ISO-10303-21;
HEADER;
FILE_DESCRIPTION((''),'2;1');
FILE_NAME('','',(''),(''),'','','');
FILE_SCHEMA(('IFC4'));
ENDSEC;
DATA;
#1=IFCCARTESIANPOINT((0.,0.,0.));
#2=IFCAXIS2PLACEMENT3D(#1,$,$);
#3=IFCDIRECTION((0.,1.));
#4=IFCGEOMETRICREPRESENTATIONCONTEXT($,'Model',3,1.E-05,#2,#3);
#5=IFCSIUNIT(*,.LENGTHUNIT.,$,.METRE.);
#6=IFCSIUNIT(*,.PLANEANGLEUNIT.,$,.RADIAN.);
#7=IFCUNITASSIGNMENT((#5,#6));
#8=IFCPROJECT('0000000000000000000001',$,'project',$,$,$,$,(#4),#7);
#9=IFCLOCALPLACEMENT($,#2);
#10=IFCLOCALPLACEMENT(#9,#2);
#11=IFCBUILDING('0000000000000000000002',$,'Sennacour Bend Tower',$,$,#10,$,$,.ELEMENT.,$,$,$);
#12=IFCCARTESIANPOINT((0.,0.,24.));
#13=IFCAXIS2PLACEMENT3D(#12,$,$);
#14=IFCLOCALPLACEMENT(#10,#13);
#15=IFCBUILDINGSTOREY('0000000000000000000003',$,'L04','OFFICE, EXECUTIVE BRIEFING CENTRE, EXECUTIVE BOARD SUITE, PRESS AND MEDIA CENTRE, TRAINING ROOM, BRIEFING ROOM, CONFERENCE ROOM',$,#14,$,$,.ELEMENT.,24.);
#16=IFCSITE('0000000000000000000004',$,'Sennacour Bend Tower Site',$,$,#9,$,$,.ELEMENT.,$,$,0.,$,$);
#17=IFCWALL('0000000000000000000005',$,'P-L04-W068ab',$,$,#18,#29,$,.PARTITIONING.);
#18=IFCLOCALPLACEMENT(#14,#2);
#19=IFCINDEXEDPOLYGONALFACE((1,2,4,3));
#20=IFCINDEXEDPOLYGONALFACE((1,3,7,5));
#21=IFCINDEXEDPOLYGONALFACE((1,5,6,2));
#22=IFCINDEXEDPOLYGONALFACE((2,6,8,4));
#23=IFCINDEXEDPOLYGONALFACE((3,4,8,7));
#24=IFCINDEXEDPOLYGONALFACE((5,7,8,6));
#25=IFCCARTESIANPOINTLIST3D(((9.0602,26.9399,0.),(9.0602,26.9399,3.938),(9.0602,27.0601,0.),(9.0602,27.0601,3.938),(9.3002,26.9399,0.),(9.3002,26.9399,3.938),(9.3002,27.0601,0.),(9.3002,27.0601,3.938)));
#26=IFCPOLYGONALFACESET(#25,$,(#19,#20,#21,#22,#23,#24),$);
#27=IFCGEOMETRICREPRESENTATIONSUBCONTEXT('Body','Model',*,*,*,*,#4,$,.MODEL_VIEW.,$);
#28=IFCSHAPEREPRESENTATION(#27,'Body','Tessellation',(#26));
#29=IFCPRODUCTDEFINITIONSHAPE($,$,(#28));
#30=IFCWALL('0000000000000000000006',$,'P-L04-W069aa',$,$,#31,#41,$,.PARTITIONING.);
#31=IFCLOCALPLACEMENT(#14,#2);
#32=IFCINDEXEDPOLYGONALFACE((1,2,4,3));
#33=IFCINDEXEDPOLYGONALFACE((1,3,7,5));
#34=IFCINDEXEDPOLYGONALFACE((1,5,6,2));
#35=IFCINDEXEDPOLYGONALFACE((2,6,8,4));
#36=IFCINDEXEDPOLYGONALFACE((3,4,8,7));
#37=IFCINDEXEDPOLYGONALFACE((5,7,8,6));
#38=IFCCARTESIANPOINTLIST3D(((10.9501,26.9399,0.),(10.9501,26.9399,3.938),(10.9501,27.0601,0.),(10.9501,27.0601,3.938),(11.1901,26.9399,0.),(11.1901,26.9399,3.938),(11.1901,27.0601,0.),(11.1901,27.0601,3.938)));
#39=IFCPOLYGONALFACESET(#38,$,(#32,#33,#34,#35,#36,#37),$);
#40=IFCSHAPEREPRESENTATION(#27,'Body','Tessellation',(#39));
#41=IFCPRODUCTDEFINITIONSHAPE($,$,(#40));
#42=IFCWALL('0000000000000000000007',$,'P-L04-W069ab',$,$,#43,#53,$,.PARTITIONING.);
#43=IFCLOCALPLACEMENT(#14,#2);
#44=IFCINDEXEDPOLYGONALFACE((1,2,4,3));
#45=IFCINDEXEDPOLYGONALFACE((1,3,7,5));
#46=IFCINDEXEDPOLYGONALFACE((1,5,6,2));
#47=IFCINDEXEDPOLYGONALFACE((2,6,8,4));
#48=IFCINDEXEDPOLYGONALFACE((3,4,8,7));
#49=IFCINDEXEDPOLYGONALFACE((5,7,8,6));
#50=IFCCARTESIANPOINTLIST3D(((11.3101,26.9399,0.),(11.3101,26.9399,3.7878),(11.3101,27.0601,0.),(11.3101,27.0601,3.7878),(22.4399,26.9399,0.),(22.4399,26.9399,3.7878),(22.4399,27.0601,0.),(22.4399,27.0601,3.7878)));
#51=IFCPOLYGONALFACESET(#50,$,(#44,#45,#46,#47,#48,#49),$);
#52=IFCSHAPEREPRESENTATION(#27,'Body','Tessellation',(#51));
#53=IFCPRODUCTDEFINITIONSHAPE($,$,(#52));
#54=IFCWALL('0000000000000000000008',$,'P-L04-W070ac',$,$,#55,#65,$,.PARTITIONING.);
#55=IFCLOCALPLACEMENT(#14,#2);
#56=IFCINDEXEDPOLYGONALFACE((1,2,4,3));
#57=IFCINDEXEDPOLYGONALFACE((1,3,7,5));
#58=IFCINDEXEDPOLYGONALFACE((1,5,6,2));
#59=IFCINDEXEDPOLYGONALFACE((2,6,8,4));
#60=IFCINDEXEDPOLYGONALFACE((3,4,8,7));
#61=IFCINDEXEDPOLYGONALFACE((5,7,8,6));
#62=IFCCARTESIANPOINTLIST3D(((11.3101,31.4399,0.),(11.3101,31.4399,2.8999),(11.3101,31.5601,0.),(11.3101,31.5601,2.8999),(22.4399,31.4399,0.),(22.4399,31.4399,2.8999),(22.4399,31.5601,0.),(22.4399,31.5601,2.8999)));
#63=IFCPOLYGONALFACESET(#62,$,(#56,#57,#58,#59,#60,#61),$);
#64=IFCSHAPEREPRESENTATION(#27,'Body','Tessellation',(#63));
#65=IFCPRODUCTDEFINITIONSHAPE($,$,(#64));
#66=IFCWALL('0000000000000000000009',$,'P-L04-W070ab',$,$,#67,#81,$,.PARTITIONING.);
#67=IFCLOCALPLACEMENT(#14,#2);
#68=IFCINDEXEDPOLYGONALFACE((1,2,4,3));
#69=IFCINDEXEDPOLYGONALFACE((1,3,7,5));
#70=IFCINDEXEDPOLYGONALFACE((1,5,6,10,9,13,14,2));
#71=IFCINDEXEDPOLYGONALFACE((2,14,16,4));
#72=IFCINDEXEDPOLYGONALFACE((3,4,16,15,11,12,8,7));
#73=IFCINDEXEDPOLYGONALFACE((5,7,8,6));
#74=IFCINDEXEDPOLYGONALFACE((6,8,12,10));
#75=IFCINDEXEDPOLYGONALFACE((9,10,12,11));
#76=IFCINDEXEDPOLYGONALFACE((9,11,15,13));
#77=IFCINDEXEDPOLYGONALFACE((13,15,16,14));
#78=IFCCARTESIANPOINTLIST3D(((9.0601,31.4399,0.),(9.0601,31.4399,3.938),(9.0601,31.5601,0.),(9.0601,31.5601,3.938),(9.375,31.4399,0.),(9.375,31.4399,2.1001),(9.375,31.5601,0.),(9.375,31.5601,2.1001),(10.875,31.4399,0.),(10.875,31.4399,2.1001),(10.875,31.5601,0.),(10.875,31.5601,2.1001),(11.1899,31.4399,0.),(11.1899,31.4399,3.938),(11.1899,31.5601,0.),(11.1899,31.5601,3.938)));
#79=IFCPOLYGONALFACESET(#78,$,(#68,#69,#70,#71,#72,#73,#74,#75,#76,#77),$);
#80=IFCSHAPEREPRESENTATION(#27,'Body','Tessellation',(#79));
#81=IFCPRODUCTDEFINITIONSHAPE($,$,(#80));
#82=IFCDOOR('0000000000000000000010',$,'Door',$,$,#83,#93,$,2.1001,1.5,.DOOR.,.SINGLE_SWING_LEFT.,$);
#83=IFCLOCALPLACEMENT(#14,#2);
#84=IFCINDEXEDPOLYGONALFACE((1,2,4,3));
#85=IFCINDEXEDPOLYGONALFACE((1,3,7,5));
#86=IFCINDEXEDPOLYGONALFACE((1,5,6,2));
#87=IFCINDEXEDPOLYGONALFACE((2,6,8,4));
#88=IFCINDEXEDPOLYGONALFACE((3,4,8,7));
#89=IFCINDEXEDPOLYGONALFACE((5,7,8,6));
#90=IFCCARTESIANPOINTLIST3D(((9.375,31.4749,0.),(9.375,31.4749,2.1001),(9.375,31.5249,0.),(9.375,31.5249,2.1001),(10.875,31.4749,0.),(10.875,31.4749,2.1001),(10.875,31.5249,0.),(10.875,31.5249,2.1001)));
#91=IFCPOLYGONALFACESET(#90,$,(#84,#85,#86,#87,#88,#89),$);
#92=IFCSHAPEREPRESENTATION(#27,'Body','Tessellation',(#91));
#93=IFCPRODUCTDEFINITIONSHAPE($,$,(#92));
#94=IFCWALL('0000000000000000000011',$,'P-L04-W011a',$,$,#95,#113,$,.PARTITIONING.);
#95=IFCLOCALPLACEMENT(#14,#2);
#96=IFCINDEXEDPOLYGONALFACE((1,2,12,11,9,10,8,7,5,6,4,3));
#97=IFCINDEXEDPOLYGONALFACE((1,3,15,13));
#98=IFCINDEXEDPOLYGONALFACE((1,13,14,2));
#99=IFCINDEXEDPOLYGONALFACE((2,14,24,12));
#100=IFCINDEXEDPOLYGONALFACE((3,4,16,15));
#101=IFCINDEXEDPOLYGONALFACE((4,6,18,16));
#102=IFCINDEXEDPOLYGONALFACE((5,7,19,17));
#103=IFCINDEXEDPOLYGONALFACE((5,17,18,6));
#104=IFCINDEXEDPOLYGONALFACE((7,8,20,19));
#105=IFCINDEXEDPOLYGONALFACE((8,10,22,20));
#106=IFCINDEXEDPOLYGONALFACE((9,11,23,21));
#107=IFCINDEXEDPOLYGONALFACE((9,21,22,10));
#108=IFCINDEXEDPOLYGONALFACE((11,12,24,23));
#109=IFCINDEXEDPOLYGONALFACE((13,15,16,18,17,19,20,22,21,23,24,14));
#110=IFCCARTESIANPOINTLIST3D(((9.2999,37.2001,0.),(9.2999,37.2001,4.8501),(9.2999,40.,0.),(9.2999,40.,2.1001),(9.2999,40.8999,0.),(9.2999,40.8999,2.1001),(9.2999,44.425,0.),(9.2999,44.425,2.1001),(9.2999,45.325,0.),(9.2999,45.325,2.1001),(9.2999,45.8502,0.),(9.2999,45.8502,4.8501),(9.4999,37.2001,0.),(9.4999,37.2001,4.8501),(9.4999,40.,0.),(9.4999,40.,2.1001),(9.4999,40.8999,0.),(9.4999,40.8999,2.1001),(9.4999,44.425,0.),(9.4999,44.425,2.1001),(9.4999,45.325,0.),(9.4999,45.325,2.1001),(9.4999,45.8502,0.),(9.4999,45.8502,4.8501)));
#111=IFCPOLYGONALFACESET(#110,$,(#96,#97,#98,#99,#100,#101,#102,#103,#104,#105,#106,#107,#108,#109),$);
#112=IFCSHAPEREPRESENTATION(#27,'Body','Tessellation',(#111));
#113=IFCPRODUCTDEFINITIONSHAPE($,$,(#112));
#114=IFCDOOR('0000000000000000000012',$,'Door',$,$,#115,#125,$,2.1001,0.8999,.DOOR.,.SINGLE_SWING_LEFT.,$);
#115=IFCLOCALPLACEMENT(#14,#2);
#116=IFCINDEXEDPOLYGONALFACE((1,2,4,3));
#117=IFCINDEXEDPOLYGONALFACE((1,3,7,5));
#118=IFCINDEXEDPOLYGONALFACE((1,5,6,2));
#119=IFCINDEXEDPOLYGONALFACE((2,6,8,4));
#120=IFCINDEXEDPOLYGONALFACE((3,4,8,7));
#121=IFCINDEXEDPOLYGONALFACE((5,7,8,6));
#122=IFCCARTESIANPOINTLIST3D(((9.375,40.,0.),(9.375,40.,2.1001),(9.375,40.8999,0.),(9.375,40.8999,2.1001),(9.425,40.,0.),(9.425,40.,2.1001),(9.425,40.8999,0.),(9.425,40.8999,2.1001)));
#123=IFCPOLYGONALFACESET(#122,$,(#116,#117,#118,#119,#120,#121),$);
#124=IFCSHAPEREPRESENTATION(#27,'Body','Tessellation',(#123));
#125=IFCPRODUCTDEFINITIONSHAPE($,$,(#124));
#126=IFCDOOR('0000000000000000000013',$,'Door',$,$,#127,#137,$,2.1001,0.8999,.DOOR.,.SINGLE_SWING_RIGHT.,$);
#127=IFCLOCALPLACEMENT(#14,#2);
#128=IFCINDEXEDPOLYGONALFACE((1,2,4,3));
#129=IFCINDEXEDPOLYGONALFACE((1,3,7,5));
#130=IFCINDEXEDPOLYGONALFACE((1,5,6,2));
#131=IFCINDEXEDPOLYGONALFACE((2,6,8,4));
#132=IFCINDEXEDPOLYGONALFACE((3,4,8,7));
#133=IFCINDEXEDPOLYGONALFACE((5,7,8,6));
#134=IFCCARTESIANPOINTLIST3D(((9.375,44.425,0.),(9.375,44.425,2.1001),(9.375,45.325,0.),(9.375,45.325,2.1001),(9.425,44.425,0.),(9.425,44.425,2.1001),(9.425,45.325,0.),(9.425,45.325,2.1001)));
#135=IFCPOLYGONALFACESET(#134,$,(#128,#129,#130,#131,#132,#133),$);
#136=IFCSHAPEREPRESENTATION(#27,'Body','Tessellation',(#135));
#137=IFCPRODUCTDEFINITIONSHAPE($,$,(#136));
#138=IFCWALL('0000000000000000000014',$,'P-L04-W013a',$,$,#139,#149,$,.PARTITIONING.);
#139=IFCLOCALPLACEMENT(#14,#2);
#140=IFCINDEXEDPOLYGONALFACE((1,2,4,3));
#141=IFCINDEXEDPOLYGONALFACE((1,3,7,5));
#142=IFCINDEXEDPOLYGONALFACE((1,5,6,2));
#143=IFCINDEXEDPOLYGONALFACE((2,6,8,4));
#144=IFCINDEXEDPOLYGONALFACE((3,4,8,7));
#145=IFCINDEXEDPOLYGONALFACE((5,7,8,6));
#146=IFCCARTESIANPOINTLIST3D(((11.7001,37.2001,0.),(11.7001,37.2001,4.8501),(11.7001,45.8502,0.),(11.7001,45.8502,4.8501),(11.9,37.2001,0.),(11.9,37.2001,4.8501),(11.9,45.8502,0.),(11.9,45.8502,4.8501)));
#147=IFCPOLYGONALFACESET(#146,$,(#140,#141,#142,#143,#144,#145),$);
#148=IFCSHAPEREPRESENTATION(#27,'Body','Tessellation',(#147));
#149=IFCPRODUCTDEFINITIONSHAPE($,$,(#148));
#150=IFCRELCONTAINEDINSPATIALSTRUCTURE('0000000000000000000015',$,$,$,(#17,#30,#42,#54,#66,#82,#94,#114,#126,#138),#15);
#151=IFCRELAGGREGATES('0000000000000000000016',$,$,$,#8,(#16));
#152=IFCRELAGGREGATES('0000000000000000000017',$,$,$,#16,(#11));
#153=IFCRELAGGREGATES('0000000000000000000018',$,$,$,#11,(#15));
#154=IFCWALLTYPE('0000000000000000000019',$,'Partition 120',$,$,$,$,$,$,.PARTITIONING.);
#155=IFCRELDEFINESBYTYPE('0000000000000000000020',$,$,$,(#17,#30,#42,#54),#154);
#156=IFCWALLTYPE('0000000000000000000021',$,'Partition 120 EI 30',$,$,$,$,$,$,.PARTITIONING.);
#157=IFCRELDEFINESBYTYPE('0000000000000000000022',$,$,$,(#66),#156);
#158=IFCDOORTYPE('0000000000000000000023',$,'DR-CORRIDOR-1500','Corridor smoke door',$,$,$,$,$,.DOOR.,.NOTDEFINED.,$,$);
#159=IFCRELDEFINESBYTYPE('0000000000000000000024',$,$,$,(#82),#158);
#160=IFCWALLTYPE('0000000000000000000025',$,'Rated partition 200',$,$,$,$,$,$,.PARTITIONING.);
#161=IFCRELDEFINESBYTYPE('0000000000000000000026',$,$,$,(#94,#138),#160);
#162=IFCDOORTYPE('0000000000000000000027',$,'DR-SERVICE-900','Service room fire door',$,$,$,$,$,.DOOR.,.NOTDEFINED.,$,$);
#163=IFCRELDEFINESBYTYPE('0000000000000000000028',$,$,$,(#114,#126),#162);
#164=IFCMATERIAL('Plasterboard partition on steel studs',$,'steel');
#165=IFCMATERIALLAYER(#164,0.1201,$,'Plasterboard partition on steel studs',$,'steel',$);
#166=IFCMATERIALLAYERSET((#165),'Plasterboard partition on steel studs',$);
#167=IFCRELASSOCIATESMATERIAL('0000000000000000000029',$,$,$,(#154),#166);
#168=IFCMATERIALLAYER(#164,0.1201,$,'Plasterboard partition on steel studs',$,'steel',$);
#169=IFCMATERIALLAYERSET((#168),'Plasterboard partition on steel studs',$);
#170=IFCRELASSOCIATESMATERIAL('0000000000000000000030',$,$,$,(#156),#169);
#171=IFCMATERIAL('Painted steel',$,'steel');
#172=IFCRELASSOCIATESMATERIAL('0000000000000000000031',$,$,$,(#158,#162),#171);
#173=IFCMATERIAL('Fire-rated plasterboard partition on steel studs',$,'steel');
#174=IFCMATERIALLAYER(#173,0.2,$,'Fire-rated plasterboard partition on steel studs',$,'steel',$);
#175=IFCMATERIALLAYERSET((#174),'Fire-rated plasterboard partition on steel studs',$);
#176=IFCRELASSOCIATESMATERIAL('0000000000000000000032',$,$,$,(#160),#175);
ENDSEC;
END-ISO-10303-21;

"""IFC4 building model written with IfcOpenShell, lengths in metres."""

from ifc_helpers import new_model, si_unit, direction, frame, frame_2d, origin, place, context, subcontext, project, spatial, rectangle, extrude, material, layer, layer_set, type_object, element, fill, save


model = new_model("IFC4")

# Units and contexts
model_context = context("Model", 3, precision=1e-05, world=origin(), true_north=direction((0.0, 1.0)))
body_context = subcontext(model_context, "Body", "Model", "MODEL_VIEW")
ifc_project = project(units=[si_unit("LENGTHUNIT", "METRE"), si_unit("PLANEANGLEUNIT", "RADIAN")], contexts=[model_context])

# Site, building, storey
site_placement = place(None, origin())
site = spatial("IfcSite", under=ifc_project, at=site_placement, Name="Sennacour Bend Tower Site", CompositionType="ELEMENT", RefElevation=0.0)
building_placement = place(site_placement, origin())
building = spatial("IfcBuilding", under=site, at=building_placement, Name="Sennacour Bend Tower", CompositionType="ELEMENT")
storey_placement = place(building_placement, frame((0.0, 0.0, 24.0)))
storey = spatial("IfcBuildingStorey", under=building, at=storey_placement, Name="L04", Description="OFFICE, EXECUTIVE BRIEFING CENTRE, EXECUTIVE BOARD SUITE, PRESS AND MEDIA CENTRE, TRAINING ROOM, BRIEFING ROOM, CONFERENCE ROOM", CompositionType="ELEMENT", Elevation=24.0)

# Walls
ifc_material_1 = material(Name="Plasterboard partition on steel studs", Category="steel")
ifc_layer_1 = layer(ifc_material_1, 0.1201, Name="Plasterboard partition on steel studs", Category="steel")
ifc_layer_set_1 = layer_set([ifc_layer_1], Name="Plasterboard partition on steel studs")
wall_type_1 = type_object("IfcWallType", Name="Partition 120", PredefinedType="PARTITIONING", material=ifc_layer_set_1)
for number, where, z_axis, x_axis, name in (
    (1, (9.0601, 27.0, 0.0), (0.0, 0.0, 1.0), (1.0, 0.0, 0.0), "P-L04-W068ab"),
    (2, (10.95, 27.0, 0.0), (0.0, 0.0, 1.0), (1.0, 0.0, 0.0), "P-L04-W069aa"),
):
    element("IfcWall", number, at=place(storey_placement, frame(where, z_axis=z_axis, x_axis=x_axis)), inside=storey, type_object=wall_type_1, Name=name, PredefinedType="PARTITIONING", context=body_context, shape_type="SweptSolid", body=[
        extrude(rectangle(XDim=0.24, YDim=0.1201, at=frame_2d((0.1201, 0.0))), origin(), (0.0, 0.0, 1.0), 3.938),
    ])
wall_1_placement = place(storey_placement, frame((11.3101, 27.0, 0.0), z_axis=(0.0, 0.0, 1.0), x_axis=(1.0, 0.0, 0.0)))
element("IfcWall", 3, at=wall_1_placement, inside=storey, type_object=wall_type_1, Name="P-L04-W069ab", PredefinedType="PARTITIONING", context=body_context, shape_type="SweptSolid", body=[
    extrude(rectangle(XDim=11.1299, YDim=0.1201, at=frame_2d((5.5649, 0.0))), origin(), (0.0, 0.0, 1.0), 3.7878),
])
wall_2_placement = place(storey_placement, frame((11.3101, 31.5, 0.0), z_axis=(0.0, 0.0, 1.0), x_axis=(1.0, 0.0, 0.0)))
element("IfcWall", 4, at=wall_2_placement, inside=storey, type_object=wall_type_1, Name="P-L04-W070ac", PredefinedType="PARTITIONING", context=body_context, shape_type="SweptSolid", body=[
    extrude(rectangle(XDim=11.1299, YDim=0.1201, at=frame_2d((5.5649, 0.0))), origin(), (0.0, 0.0, 1.0), 2.8999),
])

# Wall, opening, door
ifc_layer_2 = layer(ifc_material_1, 0.1201, Name="Plasterboard partition on steel studs", Category="steel")
ifc_layer_set_2 = layer_set([ifc_layer_2], Name="Plasterboard partition on steel studs")
wall_type_2 = type_object("IfcWallType", Name="Partition 120 EI 30", PredefinedType="PARTITIONING", material=ifc_layer_set_2)
wall_3_placement = place(storey_placement, frame((9.0601, 31.5, 0.0), z_axis=(0.0, 0.0, 1.0), x_axis=(1.0, 0.0, 0.0)))
wall_3 = element("IfcWall", 5, at=wall_3_placement, inside=storey, type_object=wall_type_2, Name="P-L04-W070ab", PredefinedType="PARTITIONING", context=body_context, shape_type="SweptSolid", body=[
    extrude(rectangle(XDim=2.1299, YDim=0.1201, at=frame_2d((1.0649, 0.0))), origin(), (0.0, 0.0, 1.0), 3.938),
])
opening_1_placement = place(wall_3_placement, frame((0.3149, 0.0, 0.0)))
opening_1 = element("IfcOpeningElement", 6, at=opening_1_placement, cuts=wall_3, PredefinedType="OPENING", context=body_context, shape_type="SweptSolid", body=[
    extrude(rectangle(XDim=1.5, YDim=2.1001, at=frame_2d((0.75, 1.05))), frame((0.0, 0.0701, 0.0), z_axis=(0.0, -1.0, 0.0), x_axis=(1.0, 0.0, 0.0)), (0.0, 0.0, 1.0), 0.1401),
])
ifc_material_2 = material(Name="Painted steel", Category="steel")
door_type_1 = type_object("IfcDoorType", Name="DR-CORRIDOR-1500", Description="Corridor smoke door", OperationType="NOTDEFINED", PredefinedType="DOOR", material=ifc_material_2)
door_1_placement = place(opening_1_placement, origin())
door_1 = element("IfcDoor", 7, at=door_1_placement, inside=storey, type_object=door_type_1, Name="Door", OperationType="SINGLE_SWING_LEFT", OverallHeight=2.1001, OverallWidth=1.5, PredefinedType="DOOR", context=body_context, shape_type="SweptSolid", body=[
    extrude(rectangle(XDim=1.5, YDim=2.1001, at=frame_2d((0.75, 1.05))), frame((0.0, 0.0249, 0.0), z_axis=(0.0, -1.0, 0.0), x_axis=(1.0, 0.0, 0.0)), (0.0, 0.0, 1.0), 0.05),
])
fill(opening_1, door_1)

# Wall, openings, doors
ifc_material_3 = material(Name="Fire-rated plasterboard partition on steel studs", Category="steel")
ifc_layer_3 = layer(ifc_material_3, 0.2, Name="Fire-rated plasterboard partition on steel studs", Category="steel")
ifc_layer_set_3 = layer_set([ifc_layer_3], Name="Fire-rated plasterboard partition on steel studs")
wall_type_3 = type_object("IfcWallType", Name="Rated partition 200", PredefinedType="PARTITIONING", material=ifc_layer_set_3)
wall_4_placement = place(storey_placement, frame((9.3999, 37.2, 0.0), z_axis=(0.0, 0.0, 1.0), x_axis=(0.0, 1.0, 0.0)))
wall_4 = element("IfcWall", 8, at=wall_4_placement, inside=storey, type_object=wall_type_3, Name="P-L04-W011a", PredefinedType="PARTITIONING", context=body_context, shape_type="SweptSolid", body=[
    extrude(rectangle(XDim=8.6501, YDim=0.2, at=frame_2d((4.3252, 0.0))), origin(), (0.0, 0.0, 1.0), 4.8501),
])
opening_2_placement = place(wall_4_placement, frame((2.8, 0.0, 0.0)))
opening_2 = element("IfcOpeningElement", 9, at=opening_2_placement, cuts=wall_4, PredefinedType="OPENING", context=body_context, shape_type="SweptSolid", body=[
    extrude(rectangle(XDim=0.8999, YDim=2.1001, at=frame_2d((0.45, 1.05))), frame((0.0, 0.1099, 0.0), z_axis=(0.0, -1.0, 0.0), x_axis=(1.0, 0.0, 0.0)), (0.0, 0.0, 1.0), 0.22),
])
opening_3_placement = place(wall_4_placement, frame((7.2251, 0.0, 0.0)))
opening_3 = element("IfcOpeningElement", 10, at=opening_3_placement, cuts=wall_4, PredefinedType="OPENING", context=body_context, shape_type="SweptSolid", body=[
    extrude(rectangle(XDim=0.8999, YDim=2.1001, at=frame_2d((0.45, 1.05))), frame((0.0, 0.1099, 0.0), z_axis=(0.0, -1.0, 0.0), x_axis=(1.0, 0.0, 0.0)), (0.0, 0.0, 1.0), 0.22),
])
door_type_2 = type_object("IfcDoorType", Name="DR-SERVICE-900", Description="Service room fire door", OperationType="NOTDEFINED", PredefinedType="DOOR", material=ifc_material_2)
door_2_placement = place(opening_2_placement, origin())
door_2 = element("IfcDoor", 11, at=door_2_placement, inside=storey, type_object=door_type_2, Name="Door", OperationType="SINGLE_SWING_LEFT", OverallHeight=2.1001, OverallWidth=0.8999, PredefinedType="DOOR", context=body_context, shape_type="SweptSolid", body=[
    extrude(rectangle(XDim=0.8999, YDim=2.1001, at=frame_2d((0.45, 1.05))), frame((0.0, 0.0249, 0.0), z_axis=(0.0, -1.0, 0.0), x_axis=(1.0, 0.0, 0.0)), (0.0, 0.0, 1.0), 0.05),
])
fill(opening_2, door_2)
door_3_placement = place(opening_3_placement, origin())
door_3 = element("IfcDoor", 12, at=door_3_placement, inside=storey, type_object=door_type_2, Name="Door", OperationType="SINGLE_SWING_RIGHT", OverallHeight=2.1001, OverallWidth=0.8999, PredefinedType="DOOR", context=body_context, shape_type="SweptSolid", body=[
    extrude(rectangle(XDim=0.8999, YDim=2.1001, at=frame_2d((0.45, 1.05))), frame((0.0, 0.0249, 0.0), z_axis=(0.0, -1.0, 0.0), x_axis=(1.0, 0.0, 0.0)), (0.0, 0.0, 1.0), 0.05),
])
fill(opening_3, door_3)

# Wall
wall_5_placement = place(storey_placement, frame((11.8, 37.2, 0.0), z_axis=(0.0, 0.0, 1.0), x_axis=(0.0, 1.0, 0.0)))
element("IfcWall", 13, at=wall_5_placement, inside=storey, type_object=wall_type_3, Name="P-L04-W013a", PredefinedType="PARTITIONING", context=body_context, shape_type="SweptSolid", body=[
    extrude(rectangle(XDim=8.6501, YDim=0.2, at=frame_2d((4.3252, 0.0))), origin(), (0.0, 0.0, 1.0), 4.8501),
])

save(model, "model.ifc")
